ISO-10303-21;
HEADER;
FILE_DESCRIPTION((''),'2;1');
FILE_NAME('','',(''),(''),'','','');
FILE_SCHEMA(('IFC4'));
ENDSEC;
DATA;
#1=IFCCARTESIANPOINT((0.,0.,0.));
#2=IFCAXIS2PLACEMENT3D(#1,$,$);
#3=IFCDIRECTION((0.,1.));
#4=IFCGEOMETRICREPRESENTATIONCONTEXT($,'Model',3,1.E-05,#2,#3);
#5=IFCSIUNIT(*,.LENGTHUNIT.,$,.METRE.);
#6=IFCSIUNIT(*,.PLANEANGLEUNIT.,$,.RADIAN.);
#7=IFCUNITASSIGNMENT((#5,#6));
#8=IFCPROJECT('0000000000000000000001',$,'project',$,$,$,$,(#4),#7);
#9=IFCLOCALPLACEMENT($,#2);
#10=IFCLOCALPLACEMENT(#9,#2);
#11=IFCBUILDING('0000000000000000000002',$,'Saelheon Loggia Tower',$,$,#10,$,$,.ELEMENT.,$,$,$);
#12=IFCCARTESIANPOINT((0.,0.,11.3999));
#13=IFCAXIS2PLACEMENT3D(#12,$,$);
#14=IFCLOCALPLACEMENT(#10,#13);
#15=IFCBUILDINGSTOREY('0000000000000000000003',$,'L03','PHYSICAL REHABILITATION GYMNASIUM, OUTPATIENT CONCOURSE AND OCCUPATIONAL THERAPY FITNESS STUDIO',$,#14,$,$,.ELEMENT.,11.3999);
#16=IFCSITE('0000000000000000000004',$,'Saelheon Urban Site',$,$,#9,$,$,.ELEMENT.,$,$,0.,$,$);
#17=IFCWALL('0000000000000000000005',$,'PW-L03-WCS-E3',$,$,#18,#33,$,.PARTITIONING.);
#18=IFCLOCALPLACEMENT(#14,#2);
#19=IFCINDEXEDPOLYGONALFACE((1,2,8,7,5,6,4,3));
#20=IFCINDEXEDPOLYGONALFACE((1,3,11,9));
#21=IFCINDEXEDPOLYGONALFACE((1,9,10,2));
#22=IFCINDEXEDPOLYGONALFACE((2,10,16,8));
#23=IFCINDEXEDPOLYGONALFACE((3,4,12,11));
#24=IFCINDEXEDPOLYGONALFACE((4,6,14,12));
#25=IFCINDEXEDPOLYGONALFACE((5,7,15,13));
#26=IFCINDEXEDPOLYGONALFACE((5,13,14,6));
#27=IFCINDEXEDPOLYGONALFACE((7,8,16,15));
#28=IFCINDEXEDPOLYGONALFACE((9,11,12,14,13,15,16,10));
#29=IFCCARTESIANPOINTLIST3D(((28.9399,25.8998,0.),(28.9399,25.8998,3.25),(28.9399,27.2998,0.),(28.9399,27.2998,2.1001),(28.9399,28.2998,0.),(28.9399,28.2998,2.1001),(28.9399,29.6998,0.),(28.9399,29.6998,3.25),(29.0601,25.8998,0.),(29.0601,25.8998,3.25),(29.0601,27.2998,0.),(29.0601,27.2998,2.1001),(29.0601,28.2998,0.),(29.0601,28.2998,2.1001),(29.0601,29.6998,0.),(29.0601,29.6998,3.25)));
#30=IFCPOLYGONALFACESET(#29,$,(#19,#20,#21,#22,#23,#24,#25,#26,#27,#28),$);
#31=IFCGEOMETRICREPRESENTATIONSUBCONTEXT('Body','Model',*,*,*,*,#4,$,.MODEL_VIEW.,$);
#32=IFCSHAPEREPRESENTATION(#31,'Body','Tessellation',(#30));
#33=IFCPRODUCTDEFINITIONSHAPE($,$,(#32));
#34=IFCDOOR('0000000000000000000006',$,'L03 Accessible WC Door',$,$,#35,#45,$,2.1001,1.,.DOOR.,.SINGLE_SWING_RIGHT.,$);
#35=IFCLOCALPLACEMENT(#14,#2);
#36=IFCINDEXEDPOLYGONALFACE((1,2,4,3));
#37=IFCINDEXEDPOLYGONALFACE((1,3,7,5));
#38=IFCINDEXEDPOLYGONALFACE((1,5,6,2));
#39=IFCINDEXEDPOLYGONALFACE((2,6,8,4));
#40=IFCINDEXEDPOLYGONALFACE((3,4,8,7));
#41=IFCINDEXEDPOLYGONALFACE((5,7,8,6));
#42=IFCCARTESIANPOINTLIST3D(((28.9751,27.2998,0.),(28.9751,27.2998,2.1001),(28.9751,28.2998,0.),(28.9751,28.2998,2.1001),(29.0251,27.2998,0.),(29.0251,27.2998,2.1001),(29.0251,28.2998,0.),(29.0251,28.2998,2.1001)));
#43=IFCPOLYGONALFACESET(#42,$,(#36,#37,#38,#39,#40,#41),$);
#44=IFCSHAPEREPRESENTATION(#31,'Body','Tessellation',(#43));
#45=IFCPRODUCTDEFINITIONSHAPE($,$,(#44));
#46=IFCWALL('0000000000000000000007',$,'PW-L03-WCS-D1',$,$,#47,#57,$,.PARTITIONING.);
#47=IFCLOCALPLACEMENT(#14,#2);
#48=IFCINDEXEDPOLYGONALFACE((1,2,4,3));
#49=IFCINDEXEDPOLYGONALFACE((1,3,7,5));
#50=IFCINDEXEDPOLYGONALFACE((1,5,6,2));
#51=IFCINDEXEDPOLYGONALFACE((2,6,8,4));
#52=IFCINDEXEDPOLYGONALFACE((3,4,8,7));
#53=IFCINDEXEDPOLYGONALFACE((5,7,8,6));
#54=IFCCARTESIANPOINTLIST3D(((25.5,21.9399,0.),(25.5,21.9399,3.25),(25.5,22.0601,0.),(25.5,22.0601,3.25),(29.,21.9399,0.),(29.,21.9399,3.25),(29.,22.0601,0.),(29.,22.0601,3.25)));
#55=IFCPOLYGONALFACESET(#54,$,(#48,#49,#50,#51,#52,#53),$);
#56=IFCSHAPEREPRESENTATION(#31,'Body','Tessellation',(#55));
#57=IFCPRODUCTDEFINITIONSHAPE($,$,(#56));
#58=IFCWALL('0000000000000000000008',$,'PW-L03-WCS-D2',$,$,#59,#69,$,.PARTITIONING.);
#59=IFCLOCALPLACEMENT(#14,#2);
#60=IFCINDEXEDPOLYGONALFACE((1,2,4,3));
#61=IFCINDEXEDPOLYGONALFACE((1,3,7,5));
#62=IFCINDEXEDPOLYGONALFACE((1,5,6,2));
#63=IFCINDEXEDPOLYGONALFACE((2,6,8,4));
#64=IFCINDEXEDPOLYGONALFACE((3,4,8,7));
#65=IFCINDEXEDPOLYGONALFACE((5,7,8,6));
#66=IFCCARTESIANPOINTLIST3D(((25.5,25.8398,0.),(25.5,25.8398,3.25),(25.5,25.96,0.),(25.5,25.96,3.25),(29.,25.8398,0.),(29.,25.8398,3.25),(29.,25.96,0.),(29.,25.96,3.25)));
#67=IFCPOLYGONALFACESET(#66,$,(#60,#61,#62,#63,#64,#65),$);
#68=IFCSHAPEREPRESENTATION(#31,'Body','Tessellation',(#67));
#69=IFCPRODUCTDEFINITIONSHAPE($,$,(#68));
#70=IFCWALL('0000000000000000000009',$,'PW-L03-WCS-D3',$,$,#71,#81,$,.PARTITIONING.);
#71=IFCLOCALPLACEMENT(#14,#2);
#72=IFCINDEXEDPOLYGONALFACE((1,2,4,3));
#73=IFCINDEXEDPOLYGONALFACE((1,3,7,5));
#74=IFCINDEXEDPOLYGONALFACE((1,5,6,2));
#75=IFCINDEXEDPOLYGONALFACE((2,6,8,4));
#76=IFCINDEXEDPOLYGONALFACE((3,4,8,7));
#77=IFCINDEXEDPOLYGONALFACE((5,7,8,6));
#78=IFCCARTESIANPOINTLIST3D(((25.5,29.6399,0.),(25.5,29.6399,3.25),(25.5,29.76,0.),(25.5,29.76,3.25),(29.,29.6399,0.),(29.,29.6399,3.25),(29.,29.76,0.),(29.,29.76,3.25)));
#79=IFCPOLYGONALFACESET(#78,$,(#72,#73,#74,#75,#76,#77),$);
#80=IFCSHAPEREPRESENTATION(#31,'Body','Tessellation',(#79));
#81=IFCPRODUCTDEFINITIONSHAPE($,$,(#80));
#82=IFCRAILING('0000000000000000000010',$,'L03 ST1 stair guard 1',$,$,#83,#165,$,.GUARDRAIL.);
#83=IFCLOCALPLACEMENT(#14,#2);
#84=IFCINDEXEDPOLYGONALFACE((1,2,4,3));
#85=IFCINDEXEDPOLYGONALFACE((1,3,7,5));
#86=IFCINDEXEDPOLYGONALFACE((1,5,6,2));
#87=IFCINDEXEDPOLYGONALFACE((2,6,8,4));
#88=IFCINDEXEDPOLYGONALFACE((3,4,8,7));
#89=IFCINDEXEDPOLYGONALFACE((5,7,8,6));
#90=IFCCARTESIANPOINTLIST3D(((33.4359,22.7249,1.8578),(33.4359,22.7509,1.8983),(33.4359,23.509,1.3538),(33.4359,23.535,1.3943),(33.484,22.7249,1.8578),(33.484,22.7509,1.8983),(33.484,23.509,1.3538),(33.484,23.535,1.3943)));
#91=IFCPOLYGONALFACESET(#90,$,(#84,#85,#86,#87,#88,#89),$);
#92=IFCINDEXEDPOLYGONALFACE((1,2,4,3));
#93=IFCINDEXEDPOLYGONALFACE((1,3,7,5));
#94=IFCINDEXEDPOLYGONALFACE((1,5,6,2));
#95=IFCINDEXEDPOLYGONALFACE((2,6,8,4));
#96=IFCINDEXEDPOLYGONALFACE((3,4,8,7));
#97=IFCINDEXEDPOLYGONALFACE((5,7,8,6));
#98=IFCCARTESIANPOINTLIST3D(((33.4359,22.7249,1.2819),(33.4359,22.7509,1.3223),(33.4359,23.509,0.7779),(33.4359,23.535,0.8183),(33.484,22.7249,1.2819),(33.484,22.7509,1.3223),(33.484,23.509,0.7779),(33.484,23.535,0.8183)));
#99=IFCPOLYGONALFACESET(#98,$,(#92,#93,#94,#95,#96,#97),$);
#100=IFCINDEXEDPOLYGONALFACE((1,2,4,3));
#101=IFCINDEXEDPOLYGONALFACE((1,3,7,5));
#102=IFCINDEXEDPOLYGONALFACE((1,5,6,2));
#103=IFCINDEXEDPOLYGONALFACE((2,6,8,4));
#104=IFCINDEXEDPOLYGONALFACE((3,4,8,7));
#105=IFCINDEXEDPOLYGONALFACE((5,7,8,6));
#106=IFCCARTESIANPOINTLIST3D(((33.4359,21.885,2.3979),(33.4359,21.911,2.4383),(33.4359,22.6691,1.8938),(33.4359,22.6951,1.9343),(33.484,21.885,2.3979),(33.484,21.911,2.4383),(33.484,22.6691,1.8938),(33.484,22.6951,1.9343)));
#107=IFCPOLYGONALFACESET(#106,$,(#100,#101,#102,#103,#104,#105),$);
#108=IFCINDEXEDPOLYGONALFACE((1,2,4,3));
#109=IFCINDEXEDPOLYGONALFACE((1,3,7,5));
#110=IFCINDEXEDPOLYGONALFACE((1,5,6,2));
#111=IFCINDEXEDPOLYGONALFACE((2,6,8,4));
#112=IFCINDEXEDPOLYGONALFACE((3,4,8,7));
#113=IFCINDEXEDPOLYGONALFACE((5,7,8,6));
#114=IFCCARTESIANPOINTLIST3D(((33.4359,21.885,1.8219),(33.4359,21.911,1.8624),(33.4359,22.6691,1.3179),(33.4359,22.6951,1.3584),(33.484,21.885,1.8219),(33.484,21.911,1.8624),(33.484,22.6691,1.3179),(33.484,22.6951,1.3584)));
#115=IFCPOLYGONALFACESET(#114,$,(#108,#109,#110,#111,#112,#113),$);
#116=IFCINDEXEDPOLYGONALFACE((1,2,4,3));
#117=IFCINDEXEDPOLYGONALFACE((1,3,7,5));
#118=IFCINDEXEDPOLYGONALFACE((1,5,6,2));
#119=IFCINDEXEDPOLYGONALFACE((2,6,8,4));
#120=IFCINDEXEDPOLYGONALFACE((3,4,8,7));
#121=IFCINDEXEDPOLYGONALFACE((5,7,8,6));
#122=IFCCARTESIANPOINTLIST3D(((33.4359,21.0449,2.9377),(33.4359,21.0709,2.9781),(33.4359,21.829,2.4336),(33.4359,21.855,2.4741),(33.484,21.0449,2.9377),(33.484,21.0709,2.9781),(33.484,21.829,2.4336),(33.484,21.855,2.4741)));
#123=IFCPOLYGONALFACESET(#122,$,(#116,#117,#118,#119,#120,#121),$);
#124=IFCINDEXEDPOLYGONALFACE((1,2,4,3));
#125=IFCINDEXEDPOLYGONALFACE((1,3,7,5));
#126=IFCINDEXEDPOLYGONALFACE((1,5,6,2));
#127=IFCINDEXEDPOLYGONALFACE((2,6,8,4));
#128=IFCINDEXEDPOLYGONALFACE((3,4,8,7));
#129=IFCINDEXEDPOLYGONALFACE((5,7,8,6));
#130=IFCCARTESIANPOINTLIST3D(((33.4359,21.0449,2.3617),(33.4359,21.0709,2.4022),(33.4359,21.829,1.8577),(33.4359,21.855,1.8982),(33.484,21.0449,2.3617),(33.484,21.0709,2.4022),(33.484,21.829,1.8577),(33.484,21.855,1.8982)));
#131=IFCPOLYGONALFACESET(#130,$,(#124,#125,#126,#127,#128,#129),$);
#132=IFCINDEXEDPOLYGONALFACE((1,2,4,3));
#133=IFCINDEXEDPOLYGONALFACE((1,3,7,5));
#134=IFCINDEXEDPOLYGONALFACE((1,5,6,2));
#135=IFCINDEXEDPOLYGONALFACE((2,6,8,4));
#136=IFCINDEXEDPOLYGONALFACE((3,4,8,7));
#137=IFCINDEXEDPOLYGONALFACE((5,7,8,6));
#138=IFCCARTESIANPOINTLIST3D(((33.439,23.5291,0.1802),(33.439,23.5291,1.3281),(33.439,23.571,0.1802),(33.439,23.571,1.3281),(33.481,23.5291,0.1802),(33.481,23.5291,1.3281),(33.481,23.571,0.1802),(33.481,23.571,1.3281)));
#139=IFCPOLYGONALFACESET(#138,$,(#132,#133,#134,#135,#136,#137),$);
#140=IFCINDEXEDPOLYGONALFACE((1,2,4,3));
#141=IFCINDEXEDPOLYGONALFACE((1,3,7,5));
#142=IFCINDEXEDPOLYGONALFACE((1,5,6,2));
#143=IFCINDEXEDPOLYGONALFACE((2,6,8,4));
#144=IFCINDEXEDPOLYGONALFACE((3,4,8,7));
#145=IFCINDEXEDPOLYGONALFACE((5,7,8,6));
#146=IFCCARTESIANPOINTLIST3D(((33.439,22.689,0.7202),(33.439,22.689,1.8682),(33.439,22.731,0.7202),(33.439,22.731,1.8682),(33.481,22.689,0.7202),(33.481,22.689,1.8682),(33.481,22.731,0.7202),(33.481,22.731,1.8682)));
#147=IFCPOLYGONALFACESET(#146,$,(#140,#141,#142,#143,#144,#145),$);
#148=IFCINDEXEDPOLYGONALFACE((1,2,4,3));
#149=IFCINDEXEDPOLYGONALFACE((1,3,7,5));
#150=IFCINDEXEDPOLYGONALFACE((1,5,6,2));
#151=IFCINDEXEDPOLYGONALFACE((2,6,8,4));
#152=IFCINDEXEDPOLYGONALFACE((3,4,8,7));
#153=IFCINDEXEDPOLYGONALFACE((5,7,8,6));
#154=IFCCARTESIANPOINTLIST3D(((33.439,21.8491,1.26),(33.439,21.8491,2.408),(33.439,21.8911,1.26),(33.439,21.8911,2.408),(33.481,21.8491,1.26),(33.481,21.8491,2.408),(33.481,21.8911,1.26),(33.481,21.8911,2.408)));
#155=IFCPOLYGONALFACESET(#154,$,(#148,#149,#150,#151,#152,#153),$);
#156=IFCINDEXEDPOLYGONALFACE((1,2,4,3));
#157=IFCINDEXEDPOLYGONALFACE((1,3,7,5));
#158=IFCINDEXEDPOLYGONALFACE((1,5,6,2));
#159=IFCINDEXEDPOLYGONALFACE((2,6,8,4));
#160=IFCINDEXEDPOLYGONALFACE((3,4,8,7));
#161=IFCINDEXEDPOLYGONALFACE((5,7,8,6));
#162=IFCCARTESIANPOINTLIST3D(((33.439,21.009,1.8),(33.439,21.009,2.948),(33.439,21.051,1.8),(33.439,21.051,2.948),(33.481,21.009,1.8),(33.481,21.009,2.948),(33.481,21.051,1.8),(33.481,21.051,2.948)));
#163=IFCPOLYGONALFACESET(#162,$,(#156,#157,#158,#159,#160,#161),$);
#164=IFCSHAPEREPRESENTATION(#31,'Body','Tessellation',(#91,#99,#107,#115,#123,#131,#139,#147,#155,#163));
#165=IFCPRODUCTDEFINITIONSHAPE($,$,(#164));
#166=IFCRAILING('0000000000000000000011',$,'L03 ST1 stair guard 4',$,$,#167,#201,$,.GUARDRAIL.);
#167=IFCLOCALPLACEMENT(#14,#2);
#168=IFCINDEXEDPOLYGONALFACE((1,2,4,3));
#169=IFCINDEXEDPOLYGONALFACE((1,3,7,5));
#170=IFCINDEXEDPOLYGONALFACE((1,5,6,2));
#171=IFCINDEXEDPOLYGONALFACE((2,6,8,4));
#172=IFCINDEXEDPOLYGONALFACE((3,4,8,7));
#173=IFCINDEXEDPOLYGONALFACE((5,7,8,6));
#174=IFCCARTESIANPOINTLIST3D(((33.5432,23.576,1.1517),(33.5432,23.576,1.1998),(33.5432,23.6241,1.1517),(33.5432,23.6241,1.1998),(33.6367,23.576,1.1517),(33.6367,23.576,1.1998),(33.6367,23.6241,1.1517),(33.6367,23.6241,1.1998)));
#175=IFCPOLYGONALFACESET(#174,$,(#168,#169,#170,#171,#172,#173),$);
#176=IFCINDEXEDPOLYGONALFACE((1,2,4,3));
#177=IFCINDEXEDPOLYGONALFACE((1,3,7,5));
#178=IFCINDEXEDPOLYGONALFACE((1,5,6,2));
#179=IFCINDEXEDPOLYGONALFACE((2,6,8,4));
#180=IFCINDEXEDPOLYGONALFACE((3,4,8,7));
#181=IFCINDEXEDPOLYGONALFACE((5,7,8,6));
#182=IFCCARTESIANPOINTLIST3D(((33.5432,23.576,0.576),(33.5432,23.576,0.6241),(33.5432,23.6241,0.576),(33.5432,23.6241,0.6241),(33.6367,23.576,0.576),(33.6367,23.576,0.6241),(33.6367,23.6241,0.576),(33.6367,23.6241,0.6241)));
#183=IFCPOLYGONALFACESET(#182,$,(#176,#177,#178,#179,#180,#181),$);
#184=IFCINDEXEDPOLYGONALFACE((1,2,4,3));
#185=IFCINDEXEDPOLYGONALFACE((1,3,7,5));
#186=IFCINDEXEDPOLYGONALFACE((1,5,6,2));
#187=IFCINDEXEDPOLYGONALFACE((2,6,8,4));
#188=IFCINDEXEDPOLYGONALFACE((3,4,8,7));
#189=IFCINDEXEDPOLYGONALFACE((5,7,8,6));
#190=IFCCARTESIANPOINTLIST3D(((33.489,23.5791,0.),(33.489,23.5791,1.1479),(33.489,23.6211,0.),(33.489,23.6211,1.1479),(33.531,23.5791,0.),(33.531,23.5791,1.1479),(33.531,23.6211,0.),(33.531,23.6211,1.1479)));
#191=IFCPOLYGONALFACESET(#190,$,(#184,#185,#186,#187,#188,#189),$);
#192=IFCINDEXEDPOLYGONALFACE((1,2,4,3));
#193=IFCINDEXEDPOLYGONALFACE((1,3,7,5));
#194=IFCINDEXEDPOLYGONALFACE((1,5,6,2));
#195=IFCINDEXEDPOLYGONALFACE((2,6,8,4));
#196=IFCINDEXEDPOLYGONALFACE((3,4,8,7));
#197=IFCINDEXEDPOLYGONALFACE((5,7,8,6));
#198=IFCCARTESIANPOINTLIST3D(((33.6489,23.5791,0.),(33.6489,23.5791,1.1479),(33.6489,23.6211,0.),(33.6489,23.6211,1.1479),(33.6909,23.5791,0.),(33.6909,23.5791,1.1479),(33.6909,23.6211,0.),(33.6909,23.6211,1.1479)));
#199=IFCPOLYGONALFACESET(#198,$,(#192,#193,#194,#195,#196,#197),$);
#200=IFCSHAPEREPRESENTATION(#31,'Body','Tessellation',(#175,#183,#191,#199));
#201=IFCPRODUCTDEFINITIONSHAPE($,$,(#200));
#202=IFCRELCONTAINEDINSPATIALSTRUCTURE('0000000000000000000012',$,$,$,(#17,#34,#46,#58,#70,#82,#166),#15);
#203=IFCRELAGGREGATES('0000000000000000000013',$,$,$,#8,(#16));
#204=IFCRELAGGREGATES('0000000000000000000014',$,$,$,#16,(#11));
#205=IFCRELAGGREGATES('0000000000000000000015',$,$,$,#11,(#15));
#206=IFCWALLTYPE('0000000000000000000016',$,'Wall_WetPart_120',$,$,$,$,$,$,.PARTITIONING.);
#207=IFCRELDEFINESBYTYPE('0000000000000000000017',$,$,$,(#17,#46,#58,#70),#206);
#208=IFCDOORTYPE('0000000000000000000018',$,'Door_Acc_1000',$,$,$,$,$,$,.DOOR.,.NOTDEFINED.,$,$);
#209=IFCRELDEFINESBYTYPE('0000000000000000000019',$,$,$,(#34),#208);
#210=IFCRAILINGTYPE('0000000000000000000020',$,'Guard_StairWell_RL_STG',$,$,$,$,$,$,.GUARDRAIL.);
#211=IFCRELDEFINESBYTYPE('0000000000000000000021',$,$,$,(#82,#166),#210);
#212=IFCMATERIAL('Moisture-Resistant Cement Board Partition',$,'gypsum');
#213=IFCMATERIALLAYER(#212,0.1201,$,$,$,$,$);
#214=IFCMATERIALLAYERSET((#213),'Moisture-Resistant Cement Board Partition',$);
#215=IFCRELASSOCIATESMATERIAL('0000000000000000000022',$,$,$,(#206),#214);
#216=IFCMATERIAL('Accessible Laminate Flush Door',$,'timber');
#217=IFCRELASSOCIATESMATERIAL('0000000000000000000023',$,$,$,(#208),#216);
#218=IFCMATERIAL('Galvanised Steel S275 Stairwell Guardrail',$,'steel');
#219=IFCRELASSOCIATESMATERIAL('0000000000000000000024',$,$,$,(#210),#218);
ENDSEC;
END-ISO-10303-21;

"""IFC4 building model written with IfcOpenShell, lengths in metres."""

from ifc_helpers import new_model, si_unit, direction, frame, frame_2d, origin, origin_2d, place, context, subcontext, project, spatial, rectangle, extrude, source, transform, mapped, material, layer, layer_set, type_object, element, fill, save


model = new_model("IFC4")

# Units and contexts
model_context = context("Model", 3, precision=1e-05, world=origin(), true_north=direction((0.0, 1.0)))
body_context = subcontext(model_context, "Body", "Model", "MODEL_VIEW")
ifc_project = project(units=[si_unit("LENGTHUNIT", "METRE"), si_unit("PLANEANGLEUNIT", "RADIAN")], contexts=[model_context])

# Site, building, storey
site_placement = place(None, origin())
site = spatial("IfcSite", under=ifc_project, at=site_placement, Name="Saelheon Urban Site", CompositionType="ELEMENT", RefElevation=0.0)
building_placement = place(site_placement, origin())
building = spatial("IfcBuilding", under=site, at=building_placement, Name="Saelheon Loggia Tower", CompositionType="ELEMENT")
storey_placement = place(building_placement, frame((0.0, 0.0, 11.3999)))
storey = spatial("IfcBuildingStorey", under=building, at=storey_placement, Name="L03", Description="PHYSICAL REHABILITATION GYMNASIUM, OUTPATIENT CONCOURSE AND OCCUPATIONAL THERAPY FITNESS STUDIO", CompositionType="ELEMENT", Elevation=11.3999)

# Wall, opening, door
ifc_material_1 = material(Name="Moisture-Resistant Cement Board Partition", Category="gypsum")
ifc_layer_1 = layer(ifc_material_1, 0.1201)
ifc_layer_set_1 = layer_set([ifc_layer_1], Name="Moisture-Resistant Cement Board Partition")
wall_type_1 = type_object("IfcWallType", Name="Wall_WetPart_120", PredefinedType="PARTITIONING", material=ifc_layer_set_1)
wall_1_placement = place(storey_placement, frame((29.0, 25.8999, 0.0), z_axis=(0.0, 0.0, 1.0), x_axis=(0.0, 1.0, 0.0)))
wall_1 = element("IfcWall", 1, at=wall_1_placement, inside=storey, type_object=wall_type_1, Name="PW-L03-WCS-E3", PredefinedType="PARTITIONING", context=body_context, shape_type="SweptSolid", body=[
    extrude(rectangle(XDim=3.8, YDim=0.1201, at=frame_2d((1.8999, 0.0))), origin(), (0.0, 0.0, 1.0), 3.25),
])
opening_1_placement = place(wall_1_placement, frame((1.3999, 0.0, 0.0)))
opening_1 = element("IfcOpeningElement", 2, at=opening_1_placement, cuts=wall_1, PredefinedType="OPENING", context=body_context, shape_type="SweptSolid", body=[
    extrude(rectangle(XDim=1.0, YDim=2.1001, at=frame_2d((0.5, 1.05))), frame((0.0, 0.072, 0.0), z_axis=(0.0, -1.0, 0.0), x_axis=(1.0, 0.0, 0.0)), (0.0, 0.0, 1.0), 0.144),
])
ifc_material_2 = material(Name="Accessible Laminate Flush Door", Category="timber")
door_type_1 = type_object("IfcDoorType", Name="Door_Acc_1000", OperationType="NOTDEFINED", PredefinedType="DOOR", material=ifc_material_2)
shared_shape_1 = source(origin(), body_context, "Body", "SweptSolid", [
    extrude(rectangle(XDim=1.0, YDim=2.1001, at=frame_2d((0.5, 1.05))), frame((0.0, 0.0249, 0.0), z_axis=(0.0, -1.0, 0.0), x_axis=(1.0, 0.0, 0.0)), (0.0, 0.0, 1.0), 0.05),
])
door_1_placement = place(opening_1_placement, origin())
door_1 = element("IfcDoor", 3, at=door_1_placement, inside=storey, type_object=door_type_1, Name="L03 Accessible WC Door", OperationType="SINGLE_SWING_RIGHT", OverallHeight=2.1001, OverallWidth=1.0, PredefinedType="DOOR", context=body_context, shape_type="MappedRepresentation", body=[
    mapped(shared_shape_1, transform((0.0, 0.0, 0.0), scale=1.0)),
])
fill(opening_1, door_1)

# Walls
for number, where, z_axis, x_axis, name in (
    (4, (25.5, 22.0, 0.0), (0.0, 0.0, 1.0), (1.0, 0.0, 0.0), "PW-L03-WCS-D1"),
    (5, (25.5, 25.8999, 0.0), (0.0, 0.0, 1.0), (1.0, 0.0, 0.0), "PW-L03-WCS-D2"),
    (6, (25.5, 29.7, 0.0), (0.0, 0.0, 1.0), (1.0, 0.0, 0.0), "PW-L03-WCS-D3"),
):
    element("IfcWall", number, at=place(storey_placement, frame(where, z_axis=z_axis, x_axis=x_axis)), inside=storey, type_object=wall_type_1, Name=name, PredefinedType="PARTITIONING", context=body_context, shape_type="SweptSolid", body=[
        extrude(rectangle(XDim=3.5, YDim=0.1201, at=frame_2d((1.75, 0.0))), origin(), (0.0, 0.0, 1.0), 3.25),
    ])

# Railings
ifc_material_3 = material(Name="Galvanised Steel S275 Stairwell Guardrail", Category="steel")
railing_type_1 = type_object("IfcRailingType", Name="Guard_StairWell_RL_STG", PredefinedType="GUARDRAIL", material=ifc_material_3)
railing_1_placement = place(storey_placement, frame((33.46, 23.55, 0.1802)))
element("IfcRailing", 7, at=railing_1_placement, inside=storey, type_object=railing_type_1, Name="L03 ST1 stair guard 1", PredefinedType="GUARDRAIL", context=body_context, shape_type="SweptSolid", body=[
    extrude(rectangle(XDim=0.0481, YDim=0.0481, at=origin_2d()), frame((0.0, -0.0281, 1.1938), z_axis=(0.0, -0.8412, 0.540725), x_axis=(1.0, 0.0, 0.0)), (0.0, 0.0, 1.0), 0.9321),
    extrude(rectangle(XDim=0.0481, YDim=0.0481, at=origin_2d()), frame((0.0, -0.0281, 0.6179), z_axis=(0.0, -0.8412, 0.540725), x_axis=(1.0, 0.0, 0.0)), (0.0, 0.0, 1.0), 0.9321),
    extrude(rectangle(XDim=0.0481, YDim=0.0481, at=origin_2d()), frame((0.0, -0.8679, 1.7339), z_axis=(0.0, -0.8412, 0.540725), x_axis=(1.0, 0.0, 0.0)), (0.0, 0.0, 1.0), 0.9321),
    extrude(rectangle(XDim=0.0481, YDim=0.0481, at=origin_2d()), frame((0.0, -0.8679, 1.158), z_axis=(0.0, -0.8412, 0.540725), x_axis=(1.0, 0.0, 0.0)), (0.0, 0.0, 1.0), 0.9321),
    extrude(rectangle(XDim=0.0481, YDim=0.0481, at=origin_2d()), frame((0.0, -1.708, 2.2737), z_axis=(0.0, -0.8412, 0.540725), x_axis=(1.0, 0.0, 0.0)), (0.0, 0.0, 1.0), 0.9321),
    extrude(rectangle(XDim=0.0481, YDim=0.0481, at=origin_2d()), frame((0.0, -1.708, 1.6978), z_axis=(0.0, -0.8412, 0.540725), x_axis=(1.0, 0.0, 0.0)), (0.0, 0.0, 1.0), 0.9321),
    extrude(rectangle(XDim=0.042, YDim=0.042, at=origin_2d()), origin(), (0.0, 0.0, 1.0), 1.1479),
    extrude(rectangle(XDim=0.042, YDim=0.042, at=origin_2d()), frame((0.0, -0.8401, 0.54)), (0.0, 0.0, 1.0), 1.1479),
    extrude(rectangle(XDim=0.042, YDim=0.042, at=origin_2d()), frame((0.0, -1.6799, 1.0798)), (0.0, 0.0, 1.0), 1.1479),
    extrude(rectangle(XDim=0.042, YDim=0.042, at=origin_2d()), frame((0.0, -2.52, 1.6199)), (0.0, 0.0, 1.0), 1.1479),
])
railing_2_placement = place(storey_placement, frame((33.51, 23.6001, 0.0)))
element("IfcRailing", 8, at=railing_2_placement, inside=storey, type_object=railing_type_1, Name="L03 ST1 stair guard 4", PredefinedType="GUARDRAIL", context=body_context, shape_type="SweptSolid", body=[
    extrude(rectangle(XDim=0.0481, YDim=0.0481, at=origin_2d()), frame((0.0332, 0.0, 1.1758), z_axis=(1.0, 0.0, 0.0), x_axis=(0.0, 1.0, 0.0)), (0.0, 0.0, 1.0), 0.0935),
    extrude(rectangle(XDim=0.0481, YDim=0.0481, at=origin_2d()), frame((0.0332, 0.0, 0.6001), z_axis=(1.0, 0.0, 0.0), x_axis=(0.0, 1.0, 0.0)), (0.0, 0.0, 1.0), 0.0935),
    extrude(rectangle(XDim=0.042, YDim=0.042, at=origin_2d()), origin(), (0.0, 0.0, 1.0), 1.1479),
    extrude(rectangle(XDim=0.042, YDim=0.042, at=origin_2d()), frame((0.1599, 0.0, 0.0)), (0.0, 0.0, 1.0), 1.1479),
])

save(model, "model.ifc")
